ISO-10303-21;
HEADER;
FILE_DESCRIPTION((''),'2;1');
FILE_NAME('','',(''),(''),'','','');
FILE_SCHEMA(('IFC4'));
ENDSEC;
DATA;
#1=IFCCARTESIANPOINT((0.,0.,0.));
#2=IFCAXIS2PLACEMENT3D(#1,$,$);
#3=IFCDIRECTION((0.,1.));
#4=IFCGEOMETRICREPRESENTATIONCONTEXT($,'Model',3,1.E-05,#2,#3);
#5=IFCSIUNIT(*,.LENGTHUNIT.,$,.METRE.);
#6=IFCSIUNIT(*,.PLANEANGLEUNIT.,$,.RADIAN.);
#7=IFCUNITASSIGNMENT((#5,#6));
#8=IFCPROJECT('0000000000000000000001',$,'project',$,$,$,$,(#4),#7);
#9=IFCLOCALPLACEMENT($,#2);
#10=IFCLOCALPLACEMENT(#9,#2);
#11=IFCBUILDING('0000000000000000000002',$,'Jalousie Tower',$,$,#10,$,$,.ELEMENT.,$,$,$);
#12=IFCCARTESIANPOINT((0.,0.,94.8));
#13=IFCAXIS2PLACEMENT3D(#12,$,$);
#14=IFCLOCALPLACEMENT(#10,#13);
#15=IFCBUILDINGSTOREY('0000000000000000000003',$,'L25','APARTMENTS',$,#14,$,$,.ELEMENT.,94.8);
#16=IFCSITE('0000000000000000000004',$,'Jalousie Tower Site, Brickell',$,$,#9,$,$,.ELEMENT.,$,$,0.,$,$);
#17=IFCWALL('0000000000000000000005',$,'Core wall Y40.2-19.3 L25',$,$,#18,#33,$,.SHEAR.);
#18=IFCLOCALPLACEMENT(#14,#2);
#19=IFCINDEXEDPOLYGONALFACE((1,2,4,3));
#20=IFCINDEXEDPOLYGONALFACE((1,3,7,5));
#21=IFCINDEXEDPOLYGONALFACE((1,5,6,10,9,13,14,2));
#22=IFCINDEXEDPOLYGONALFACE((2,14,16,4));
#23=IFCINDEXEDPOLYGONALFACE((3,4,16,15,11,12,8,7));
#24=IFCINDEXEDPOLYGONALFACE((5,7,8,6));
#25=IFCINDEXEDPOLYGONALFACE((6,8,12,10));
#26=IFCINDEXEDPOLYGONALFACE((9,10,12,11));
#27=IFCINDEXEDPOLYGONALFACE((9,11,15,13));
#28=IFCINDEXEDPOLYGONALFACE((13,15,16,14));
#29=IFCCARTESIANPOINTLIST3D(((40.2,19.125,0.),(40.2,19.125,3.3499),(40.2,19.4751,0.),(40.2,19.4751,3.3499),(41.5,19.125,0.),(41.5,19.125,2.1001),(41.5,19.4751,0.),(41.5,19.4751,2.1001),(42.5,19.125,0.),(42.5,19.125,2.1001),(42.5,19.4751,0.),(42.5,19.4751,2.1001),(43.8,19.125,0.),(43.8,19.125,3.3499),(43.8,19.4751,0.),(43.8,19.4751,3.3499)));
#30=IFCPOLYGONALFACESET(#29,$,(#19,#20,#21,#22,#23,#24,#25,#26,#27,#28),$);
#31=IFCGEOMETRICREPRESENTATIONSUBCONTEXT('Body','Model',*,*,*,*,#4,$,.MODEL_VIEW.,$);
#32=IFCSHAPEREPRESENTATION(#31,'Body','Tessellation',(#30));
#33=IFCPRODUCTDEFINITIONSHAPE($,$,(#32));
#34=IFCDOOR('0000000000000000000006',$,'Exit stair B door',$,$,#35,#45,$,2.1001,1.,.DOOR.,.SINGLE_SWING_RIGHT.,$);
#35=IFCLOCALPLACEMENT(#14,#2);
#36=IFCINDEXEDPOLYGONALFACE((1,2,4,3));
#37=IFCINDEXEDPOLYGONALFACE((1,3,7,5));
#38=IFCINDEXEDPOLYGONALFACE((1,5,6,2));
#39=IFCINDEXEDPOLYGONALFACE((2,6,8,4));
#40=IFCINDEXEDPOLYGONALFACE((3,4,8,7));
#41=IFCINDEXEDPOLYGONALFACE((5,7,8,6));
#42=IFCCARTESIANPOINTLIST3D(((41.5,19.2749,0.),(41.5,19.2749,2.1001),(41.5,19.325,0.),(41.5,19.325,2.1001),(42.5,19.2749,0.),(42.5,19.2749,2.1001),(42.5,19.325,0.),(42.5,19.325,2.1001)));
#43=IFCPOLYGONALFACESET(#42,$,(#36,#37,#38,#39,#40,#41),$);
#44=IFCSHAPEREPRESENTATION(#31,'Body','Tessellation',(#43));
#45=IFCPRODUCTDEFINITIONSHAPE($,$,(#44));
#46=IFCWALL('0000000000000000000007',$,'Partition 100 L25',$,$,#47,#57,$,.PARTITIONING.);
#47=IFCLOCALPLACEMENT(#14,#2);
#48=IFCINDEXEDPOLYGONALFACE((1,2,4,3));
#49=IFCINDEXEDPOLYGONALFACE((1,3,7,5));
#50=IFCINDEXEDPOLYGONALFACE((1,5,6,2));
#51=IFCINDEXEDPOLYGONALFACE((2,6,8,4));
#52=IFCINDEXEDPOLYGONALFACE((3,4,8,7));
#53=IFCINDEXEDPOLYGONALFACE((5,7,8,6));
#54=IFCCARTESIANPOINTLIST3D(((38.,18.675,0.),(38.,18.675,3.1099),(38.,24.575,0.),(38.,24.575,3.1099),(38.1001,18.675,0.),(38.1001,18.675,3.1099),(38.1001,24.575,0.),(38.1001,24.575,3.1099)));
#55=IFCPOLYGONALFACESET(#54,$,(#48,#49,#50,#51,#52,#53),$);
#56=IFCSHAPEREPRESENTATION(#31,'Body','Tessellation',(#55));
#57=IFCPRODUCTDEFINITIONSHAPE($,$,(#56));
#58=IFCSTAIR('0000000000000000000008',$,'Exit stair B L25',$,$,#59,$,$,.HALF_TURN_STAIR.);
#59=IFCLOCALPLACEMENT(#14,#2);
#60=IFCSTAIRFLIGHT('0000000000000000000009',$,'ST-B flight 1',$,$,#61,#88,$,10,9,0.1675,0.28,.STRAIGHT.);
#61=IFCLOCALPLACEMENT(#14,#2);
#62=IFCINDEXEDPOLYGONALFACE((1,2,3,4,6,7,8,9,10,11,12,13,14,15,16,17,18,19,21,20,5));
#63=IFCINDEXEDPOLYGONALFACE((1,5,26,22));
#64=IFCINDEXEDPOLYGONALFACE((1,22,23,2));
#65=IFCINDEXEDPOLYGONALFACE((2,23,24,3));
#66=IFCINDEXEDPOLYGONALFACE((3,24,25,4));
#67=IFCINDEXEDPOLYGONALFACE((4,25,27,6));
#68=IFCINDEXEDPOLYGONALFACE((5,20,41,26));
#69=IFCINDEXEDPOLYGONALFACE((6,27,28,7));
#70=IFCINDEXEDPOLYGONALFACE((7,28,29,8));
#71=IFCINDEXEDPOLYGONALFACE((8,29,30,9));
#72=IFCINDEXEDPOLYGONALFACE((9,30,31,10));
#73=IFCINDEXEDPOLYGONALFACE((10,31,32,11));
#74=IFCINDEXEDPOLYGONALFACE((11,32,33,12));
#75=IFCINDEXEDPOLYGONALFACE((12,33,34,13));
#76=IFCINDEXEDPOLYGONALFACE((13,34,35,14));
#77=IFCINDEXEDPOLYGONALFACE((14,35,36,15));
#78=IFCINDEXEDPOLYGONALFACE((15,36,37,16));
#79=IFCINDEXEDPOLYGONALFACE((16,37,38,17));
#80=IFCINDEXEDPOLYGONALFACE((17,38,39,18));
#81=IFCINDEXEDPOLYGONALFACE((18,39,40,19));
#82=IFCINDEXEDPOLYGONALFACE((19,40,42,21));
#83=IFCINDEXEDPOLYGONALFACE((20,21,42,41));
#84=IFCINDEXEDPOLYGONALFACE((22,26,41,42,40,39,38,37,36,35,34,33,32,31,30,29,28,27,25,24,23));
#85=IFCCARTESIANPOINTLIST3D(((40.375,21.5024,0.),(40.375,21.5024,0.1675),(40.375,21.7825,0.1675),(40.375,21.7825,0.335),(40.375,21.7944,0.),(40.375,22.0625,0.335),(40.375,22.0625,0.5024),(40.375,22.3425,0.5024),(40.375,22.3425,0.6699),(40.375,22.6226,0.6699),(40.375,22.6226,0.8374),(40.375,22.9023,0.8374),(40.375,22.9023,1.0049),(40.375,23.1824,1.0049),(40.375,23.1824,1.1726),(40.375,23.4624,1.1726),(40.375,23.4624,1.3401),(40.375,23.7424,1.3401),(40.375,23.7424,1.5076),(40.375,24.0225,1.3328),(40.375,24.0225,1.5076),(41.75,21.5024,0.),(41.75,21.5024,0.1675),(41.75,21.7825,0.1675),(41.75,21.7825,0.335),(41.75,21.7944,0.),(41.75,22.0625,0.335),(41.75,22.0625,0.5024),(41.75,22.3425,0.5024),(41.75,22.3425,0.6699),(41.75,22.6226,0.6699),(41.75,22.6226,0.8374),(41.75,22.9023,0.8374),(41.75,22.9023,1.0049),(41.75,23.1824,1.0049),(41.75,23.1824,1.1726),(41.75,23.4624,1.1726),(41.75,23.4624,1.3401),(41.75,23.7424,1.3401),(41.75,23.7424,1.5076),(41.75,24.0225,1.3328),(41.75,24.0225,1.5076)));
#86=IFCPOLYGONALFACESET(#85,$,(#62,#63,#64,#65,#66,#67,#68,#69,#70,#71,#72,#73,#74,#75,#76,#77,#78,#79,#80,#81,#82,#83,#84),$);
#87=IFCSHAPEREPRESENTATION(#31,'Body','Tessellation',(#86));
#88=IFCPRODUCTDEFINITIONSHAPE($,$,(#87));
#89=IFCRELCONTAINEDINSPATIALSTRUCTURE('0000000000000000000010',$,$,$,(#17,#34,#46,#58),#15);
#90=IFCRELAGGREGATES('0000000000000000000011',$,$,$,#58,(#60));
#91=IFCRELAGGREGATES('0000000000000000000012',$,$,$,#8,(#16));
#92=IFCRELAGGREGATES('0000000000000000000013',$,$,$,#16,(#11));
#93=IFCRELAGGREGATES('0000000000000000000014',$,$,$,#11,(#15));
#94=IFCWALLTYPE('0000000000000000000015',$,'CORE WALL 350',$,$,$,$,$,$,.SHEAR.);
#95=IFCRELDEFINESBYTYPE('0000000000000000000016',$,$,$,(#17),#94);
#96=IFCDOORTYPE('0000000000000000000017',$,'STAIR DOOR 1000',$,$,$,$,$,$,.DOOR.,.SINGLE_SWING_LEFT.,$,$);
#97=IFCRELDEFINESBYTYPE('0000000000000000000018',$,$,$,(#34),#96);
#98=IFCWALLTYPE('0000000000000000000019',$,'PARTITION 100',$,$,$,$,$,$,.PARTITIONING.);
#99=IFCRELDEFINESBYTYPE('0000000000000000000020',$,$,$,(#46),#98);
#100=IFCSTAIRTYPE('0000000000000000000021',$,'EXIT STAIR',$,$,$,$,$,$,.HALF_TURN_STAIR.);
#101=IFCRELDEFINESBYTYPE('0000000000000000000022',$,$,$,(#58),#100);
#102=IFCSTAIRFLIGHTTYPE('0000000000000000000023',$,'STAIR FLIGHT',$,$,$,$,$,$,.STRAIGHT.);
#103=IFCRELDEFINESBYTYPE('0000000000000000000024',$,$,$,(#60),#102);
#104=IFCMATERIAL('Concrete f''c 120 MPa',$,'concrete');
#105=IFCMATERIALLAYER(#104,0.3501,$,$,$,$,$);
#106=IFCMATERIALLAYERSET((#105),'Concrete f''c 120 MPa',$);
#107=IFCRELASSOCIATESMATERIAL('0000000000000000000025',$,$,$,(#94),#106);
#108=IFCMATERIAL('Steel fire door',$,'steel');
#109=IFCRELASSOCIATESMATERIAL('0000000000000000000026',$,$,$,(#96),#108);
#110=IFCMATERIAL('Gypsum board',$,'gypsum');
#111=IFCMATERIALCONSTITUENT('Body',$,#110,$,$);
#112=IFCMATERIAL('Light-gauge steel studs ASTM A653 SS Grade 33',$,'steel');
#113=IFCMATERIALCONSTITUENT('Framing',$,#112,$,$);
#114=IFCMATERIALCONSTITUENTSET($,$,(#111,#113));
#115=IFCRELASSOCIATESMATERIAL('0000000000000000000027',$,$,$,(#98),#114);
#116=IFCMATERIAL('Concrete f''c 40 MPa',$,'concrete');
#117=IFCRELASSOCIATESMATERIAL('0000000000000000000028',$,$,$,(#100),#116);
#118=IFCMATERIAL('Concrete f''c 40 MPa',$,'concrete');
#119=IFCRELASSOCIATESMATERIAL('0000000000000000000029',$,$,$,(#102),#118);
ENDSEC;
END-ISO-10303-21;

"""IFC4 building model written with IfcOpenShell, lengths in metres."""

from ifc_helpers import new_model, si_unit, direction, frame, frame_2d, origin, place, context, subcontext, project, spatial, polyline, rectangle, outline, extrude, material, layer, layer_set, constituent, constituent_set, type_object, element, fill, aggregate, save


model = new_model("IFC4")

# Units and contexts
model_context = context("Model", 3, precision=1e-05, world=origin(), true_north=direction((0.0, 1.0)))
body_context = subcontext(model_context, "Body", "Model", "MODEL_VIEW")
ifc_project = project(units=[si_unit("LENGTHUNIT", "METRE"), si_unit("PLANEANGLEUNIT", "RADIAN")], contexts=[model_context])

# Site, building, storey
site_placement = place(None, origin())
site = spatial("IfcSite", under=ifc_project, at=site_placement, Name="Jalousie Tower Site, Brickell", CompositionType="ELEMENT", RefElevation=0.0)
building_placement = place(site_placement, origin())
building = spatial("IfcBuilding", under=site, at=building_placement, Name="Jalousie Tower", CompositionType="ELEMENT")
storey_placement = place(building_placement, frame((0.0, 0.0, 94.8)))
storey = spatial("IfcBuildingStorey", under=building, at=storey_placement, Name="L25", Description="APARTMENTS", CompositionType="ELEMENT", Elevation=94.8)

# Shared definitions
ifc_material_1 = material(Name="Concrete f'c 120 MPa", Category="concrete")
ifc_layer = layer(ifc_material_1, 0.3501)
ifc_layer_set = layer_set([ifc_layer], Name="Concrete f'c 120 MPa")
wall_type_1 = type_object("IfcWallType", Name="CORE WALL 350", PredefinedType="SHEAR", material=ifc_layer_set)

# Wall, opening, door
wall_1_placement = place(storey_placement, frame((40.2, 19.3, 0.0), z_axis=(0.0, 0.0, 1.0), x_axis=(1.0, 0.0, 0.0)))
wall_1 = element("IfcWall", 1, at=wall_1_placement, inside=storey, type_object=wall_type_1, Name="Core wall Y40.2-19.3 L25", PredefinedType="SHEAR", context=body_context, shape_type="SweptSolid", body=[
    extrude(rectangle(XDim=3.6001, YDim=0.3501, at=frame_2d((1.8, 0.0))), origin(), (0.0, 0.0, 1.0), 3.3499),
])
opening_1_placement = place(wall_1_placement, frame((1.3, 0.0, 0.0)))
opening_1 = element("IfcOpeningElement", 2, at=opening_1_placement, cuts=wall_1, PredefinedType="OPENING", context=body_context, shape_type="SweptSolid", body=[
    extrude(rectangle(XDim=1.0, YDim=2.1001, at=frame_2d((0.5, 1.05))), frame((0.0, 0.1851, 0.0), z_axis=(0.0, -1.0, 0.0), x_axis=(1.0, 0.0, 0.0)), (0.0, 0.0, 1.0), 0.3701),
])
ifc_material_2 = material(Name="Steel fire door", Category="steel")
door_type_1 = type_object("IfcDoorType", Name="STAIR DOOR 1000", OperationType="SINGLE_SWING_LEFT", PredefinedType="DOOR", material=ifc_material_2)
door_1_placement = place(opening_1_placement, origin())
door_1 = element("IfcDoor", 3, at=door_1_placement, inside=storey, type_object=door_type_1, Name="Exit stair B door", OperationType="SINGLE_SWING_RIGHT", OverallHeight=2.1001, OverallWidth=1.0, PredefinedType="DOOR", context=body_context, shape_type="SweptSolid", body=[
    extrude(rectangle(XDim=1.0, YDim=2.1001, at=frame_2d((0.5, 1.05))), frame((0.0, 0.0249, 0.0), z_axis=(0.0, -1.0, 0.0), x_axis=(1.0, 0.0, 0.0)), (0.0, 0.0, 1.0), 0.05),
])
fill(opening_1, door_1)

# Wall
ifc_material_3 = material(Name="Gypsum board", Category="gypsum")
ifc_constituent_1 = constituent(ifc_material_3, Name="Body")
ifc_material_4 = material(Name="Light-gauge steel studs ASTM A653 SS Grade 33", Category="steel")
ifc_constituent_2 = constituent(ifc_material_4, Name="Framing")
ifc_constituent_set_1 = constituent_set(constituents=[ifc_constituent_1, ifc_constituent_2])
wall_type_2 = type_object("IfcWallType", Name="PARTITION 100", PredefinedType="PARTITIONING", material=ifc_constituent_set_1)
wall_2_placement = place(storey_placement, frame((38.05, 18.675, 0.0), z_axis=(0.0, 0.0, 1.0), x_axis=(0.0, 1.0, 0.0)))
element("IfcWall", 4, at=wall_2_placement, inside=storey, type_object=wall_type_2, Name="Partition 100 L25", PredefinedType="PARTITIONING", context=body_context, shape_type="SweptSolid", body=[
    extrude(rectangle(XDim=5.8999, YDim=0.1001, at=frame_2d((2.95, 0.0))), origin(), (0.0, 0.0, 1.0), 3.1099),
])

# Stair, stair flight
ifc_material_5 = material(Name="Concrete f'c 40 MPa", Category="concrete")
stair_type = type_object("IfcStairType", Name="EXIT STAIR", PredefinedType="HALF_TURN_STAIR", material=ifc_material_5)
stair_placement = place(storey_placement, origin())
stair = element("IfcStair", 5, at=stair_placement, inside=storey, type_object=stair_type, Name="Exit stair B L25", PredefinedType="HALF_TURN_STAIR")
ifc_material_6 = material(Name="Concrete f'c 40 MPa", Category="concrete")
stair_flight_type = type_object("IfcStairFlightType", Name="STAIR FLIGHT", PredefinedType="STRAIGHT", material=ifc_material_6)
stair_flight_placement = place(storey_placement, frame((41.0625, 21.5024, 0.0), z_axis=(0.0, 0.0, 1.0), x_axis=(0.0, 1.0, 0.0)))
stair_flight = element("IfcStairFlight", 6, at=stair_flight_placement, type_object=stair_flight_type, Name="ST-B flight 1", NumberOfRisers=10, NumberOfTreads=9, PredefinedType="STRAIGHT", RiserHeight=0.1675, TreadLength=0.28, context=body_context, shape_type="SweptSolid", body=[
    extrude(outline(polyline([(0.0, 0.0), (0.0, 0.1675), (0.28, 0.1675), (0.28, 0.335), (0.5601, 0.335), (0.5601, 0.5024), (0.8401, 0.5024), (0.8401, 0.6699), (1.1201, 0.6699), (1.1201, 0.8374), (1.3999, 0.8374), (1.3999, 1.0049), (1.6799, 1.0049), (1.6799, 1.1726), (1.96, 1.1726), (1.96, 1.3401), (2.24, 1.3401), (2.24, 1.5076), (2.52, 1.5076), (2.52, 1.675), (2.52, 1.3328), (0.292, 0.0), (0.0, 0.0)])), frame((0.0, 0.6875, 0.0), z_axis=(0.0, -1.0, 0.0), x_axis=(1.0, 0.0, 0.0)), (0.0, 0.0, 1.0), 1.375),
])
aggregate(stair, [stair_flight])

save(model, "model.ifc")
